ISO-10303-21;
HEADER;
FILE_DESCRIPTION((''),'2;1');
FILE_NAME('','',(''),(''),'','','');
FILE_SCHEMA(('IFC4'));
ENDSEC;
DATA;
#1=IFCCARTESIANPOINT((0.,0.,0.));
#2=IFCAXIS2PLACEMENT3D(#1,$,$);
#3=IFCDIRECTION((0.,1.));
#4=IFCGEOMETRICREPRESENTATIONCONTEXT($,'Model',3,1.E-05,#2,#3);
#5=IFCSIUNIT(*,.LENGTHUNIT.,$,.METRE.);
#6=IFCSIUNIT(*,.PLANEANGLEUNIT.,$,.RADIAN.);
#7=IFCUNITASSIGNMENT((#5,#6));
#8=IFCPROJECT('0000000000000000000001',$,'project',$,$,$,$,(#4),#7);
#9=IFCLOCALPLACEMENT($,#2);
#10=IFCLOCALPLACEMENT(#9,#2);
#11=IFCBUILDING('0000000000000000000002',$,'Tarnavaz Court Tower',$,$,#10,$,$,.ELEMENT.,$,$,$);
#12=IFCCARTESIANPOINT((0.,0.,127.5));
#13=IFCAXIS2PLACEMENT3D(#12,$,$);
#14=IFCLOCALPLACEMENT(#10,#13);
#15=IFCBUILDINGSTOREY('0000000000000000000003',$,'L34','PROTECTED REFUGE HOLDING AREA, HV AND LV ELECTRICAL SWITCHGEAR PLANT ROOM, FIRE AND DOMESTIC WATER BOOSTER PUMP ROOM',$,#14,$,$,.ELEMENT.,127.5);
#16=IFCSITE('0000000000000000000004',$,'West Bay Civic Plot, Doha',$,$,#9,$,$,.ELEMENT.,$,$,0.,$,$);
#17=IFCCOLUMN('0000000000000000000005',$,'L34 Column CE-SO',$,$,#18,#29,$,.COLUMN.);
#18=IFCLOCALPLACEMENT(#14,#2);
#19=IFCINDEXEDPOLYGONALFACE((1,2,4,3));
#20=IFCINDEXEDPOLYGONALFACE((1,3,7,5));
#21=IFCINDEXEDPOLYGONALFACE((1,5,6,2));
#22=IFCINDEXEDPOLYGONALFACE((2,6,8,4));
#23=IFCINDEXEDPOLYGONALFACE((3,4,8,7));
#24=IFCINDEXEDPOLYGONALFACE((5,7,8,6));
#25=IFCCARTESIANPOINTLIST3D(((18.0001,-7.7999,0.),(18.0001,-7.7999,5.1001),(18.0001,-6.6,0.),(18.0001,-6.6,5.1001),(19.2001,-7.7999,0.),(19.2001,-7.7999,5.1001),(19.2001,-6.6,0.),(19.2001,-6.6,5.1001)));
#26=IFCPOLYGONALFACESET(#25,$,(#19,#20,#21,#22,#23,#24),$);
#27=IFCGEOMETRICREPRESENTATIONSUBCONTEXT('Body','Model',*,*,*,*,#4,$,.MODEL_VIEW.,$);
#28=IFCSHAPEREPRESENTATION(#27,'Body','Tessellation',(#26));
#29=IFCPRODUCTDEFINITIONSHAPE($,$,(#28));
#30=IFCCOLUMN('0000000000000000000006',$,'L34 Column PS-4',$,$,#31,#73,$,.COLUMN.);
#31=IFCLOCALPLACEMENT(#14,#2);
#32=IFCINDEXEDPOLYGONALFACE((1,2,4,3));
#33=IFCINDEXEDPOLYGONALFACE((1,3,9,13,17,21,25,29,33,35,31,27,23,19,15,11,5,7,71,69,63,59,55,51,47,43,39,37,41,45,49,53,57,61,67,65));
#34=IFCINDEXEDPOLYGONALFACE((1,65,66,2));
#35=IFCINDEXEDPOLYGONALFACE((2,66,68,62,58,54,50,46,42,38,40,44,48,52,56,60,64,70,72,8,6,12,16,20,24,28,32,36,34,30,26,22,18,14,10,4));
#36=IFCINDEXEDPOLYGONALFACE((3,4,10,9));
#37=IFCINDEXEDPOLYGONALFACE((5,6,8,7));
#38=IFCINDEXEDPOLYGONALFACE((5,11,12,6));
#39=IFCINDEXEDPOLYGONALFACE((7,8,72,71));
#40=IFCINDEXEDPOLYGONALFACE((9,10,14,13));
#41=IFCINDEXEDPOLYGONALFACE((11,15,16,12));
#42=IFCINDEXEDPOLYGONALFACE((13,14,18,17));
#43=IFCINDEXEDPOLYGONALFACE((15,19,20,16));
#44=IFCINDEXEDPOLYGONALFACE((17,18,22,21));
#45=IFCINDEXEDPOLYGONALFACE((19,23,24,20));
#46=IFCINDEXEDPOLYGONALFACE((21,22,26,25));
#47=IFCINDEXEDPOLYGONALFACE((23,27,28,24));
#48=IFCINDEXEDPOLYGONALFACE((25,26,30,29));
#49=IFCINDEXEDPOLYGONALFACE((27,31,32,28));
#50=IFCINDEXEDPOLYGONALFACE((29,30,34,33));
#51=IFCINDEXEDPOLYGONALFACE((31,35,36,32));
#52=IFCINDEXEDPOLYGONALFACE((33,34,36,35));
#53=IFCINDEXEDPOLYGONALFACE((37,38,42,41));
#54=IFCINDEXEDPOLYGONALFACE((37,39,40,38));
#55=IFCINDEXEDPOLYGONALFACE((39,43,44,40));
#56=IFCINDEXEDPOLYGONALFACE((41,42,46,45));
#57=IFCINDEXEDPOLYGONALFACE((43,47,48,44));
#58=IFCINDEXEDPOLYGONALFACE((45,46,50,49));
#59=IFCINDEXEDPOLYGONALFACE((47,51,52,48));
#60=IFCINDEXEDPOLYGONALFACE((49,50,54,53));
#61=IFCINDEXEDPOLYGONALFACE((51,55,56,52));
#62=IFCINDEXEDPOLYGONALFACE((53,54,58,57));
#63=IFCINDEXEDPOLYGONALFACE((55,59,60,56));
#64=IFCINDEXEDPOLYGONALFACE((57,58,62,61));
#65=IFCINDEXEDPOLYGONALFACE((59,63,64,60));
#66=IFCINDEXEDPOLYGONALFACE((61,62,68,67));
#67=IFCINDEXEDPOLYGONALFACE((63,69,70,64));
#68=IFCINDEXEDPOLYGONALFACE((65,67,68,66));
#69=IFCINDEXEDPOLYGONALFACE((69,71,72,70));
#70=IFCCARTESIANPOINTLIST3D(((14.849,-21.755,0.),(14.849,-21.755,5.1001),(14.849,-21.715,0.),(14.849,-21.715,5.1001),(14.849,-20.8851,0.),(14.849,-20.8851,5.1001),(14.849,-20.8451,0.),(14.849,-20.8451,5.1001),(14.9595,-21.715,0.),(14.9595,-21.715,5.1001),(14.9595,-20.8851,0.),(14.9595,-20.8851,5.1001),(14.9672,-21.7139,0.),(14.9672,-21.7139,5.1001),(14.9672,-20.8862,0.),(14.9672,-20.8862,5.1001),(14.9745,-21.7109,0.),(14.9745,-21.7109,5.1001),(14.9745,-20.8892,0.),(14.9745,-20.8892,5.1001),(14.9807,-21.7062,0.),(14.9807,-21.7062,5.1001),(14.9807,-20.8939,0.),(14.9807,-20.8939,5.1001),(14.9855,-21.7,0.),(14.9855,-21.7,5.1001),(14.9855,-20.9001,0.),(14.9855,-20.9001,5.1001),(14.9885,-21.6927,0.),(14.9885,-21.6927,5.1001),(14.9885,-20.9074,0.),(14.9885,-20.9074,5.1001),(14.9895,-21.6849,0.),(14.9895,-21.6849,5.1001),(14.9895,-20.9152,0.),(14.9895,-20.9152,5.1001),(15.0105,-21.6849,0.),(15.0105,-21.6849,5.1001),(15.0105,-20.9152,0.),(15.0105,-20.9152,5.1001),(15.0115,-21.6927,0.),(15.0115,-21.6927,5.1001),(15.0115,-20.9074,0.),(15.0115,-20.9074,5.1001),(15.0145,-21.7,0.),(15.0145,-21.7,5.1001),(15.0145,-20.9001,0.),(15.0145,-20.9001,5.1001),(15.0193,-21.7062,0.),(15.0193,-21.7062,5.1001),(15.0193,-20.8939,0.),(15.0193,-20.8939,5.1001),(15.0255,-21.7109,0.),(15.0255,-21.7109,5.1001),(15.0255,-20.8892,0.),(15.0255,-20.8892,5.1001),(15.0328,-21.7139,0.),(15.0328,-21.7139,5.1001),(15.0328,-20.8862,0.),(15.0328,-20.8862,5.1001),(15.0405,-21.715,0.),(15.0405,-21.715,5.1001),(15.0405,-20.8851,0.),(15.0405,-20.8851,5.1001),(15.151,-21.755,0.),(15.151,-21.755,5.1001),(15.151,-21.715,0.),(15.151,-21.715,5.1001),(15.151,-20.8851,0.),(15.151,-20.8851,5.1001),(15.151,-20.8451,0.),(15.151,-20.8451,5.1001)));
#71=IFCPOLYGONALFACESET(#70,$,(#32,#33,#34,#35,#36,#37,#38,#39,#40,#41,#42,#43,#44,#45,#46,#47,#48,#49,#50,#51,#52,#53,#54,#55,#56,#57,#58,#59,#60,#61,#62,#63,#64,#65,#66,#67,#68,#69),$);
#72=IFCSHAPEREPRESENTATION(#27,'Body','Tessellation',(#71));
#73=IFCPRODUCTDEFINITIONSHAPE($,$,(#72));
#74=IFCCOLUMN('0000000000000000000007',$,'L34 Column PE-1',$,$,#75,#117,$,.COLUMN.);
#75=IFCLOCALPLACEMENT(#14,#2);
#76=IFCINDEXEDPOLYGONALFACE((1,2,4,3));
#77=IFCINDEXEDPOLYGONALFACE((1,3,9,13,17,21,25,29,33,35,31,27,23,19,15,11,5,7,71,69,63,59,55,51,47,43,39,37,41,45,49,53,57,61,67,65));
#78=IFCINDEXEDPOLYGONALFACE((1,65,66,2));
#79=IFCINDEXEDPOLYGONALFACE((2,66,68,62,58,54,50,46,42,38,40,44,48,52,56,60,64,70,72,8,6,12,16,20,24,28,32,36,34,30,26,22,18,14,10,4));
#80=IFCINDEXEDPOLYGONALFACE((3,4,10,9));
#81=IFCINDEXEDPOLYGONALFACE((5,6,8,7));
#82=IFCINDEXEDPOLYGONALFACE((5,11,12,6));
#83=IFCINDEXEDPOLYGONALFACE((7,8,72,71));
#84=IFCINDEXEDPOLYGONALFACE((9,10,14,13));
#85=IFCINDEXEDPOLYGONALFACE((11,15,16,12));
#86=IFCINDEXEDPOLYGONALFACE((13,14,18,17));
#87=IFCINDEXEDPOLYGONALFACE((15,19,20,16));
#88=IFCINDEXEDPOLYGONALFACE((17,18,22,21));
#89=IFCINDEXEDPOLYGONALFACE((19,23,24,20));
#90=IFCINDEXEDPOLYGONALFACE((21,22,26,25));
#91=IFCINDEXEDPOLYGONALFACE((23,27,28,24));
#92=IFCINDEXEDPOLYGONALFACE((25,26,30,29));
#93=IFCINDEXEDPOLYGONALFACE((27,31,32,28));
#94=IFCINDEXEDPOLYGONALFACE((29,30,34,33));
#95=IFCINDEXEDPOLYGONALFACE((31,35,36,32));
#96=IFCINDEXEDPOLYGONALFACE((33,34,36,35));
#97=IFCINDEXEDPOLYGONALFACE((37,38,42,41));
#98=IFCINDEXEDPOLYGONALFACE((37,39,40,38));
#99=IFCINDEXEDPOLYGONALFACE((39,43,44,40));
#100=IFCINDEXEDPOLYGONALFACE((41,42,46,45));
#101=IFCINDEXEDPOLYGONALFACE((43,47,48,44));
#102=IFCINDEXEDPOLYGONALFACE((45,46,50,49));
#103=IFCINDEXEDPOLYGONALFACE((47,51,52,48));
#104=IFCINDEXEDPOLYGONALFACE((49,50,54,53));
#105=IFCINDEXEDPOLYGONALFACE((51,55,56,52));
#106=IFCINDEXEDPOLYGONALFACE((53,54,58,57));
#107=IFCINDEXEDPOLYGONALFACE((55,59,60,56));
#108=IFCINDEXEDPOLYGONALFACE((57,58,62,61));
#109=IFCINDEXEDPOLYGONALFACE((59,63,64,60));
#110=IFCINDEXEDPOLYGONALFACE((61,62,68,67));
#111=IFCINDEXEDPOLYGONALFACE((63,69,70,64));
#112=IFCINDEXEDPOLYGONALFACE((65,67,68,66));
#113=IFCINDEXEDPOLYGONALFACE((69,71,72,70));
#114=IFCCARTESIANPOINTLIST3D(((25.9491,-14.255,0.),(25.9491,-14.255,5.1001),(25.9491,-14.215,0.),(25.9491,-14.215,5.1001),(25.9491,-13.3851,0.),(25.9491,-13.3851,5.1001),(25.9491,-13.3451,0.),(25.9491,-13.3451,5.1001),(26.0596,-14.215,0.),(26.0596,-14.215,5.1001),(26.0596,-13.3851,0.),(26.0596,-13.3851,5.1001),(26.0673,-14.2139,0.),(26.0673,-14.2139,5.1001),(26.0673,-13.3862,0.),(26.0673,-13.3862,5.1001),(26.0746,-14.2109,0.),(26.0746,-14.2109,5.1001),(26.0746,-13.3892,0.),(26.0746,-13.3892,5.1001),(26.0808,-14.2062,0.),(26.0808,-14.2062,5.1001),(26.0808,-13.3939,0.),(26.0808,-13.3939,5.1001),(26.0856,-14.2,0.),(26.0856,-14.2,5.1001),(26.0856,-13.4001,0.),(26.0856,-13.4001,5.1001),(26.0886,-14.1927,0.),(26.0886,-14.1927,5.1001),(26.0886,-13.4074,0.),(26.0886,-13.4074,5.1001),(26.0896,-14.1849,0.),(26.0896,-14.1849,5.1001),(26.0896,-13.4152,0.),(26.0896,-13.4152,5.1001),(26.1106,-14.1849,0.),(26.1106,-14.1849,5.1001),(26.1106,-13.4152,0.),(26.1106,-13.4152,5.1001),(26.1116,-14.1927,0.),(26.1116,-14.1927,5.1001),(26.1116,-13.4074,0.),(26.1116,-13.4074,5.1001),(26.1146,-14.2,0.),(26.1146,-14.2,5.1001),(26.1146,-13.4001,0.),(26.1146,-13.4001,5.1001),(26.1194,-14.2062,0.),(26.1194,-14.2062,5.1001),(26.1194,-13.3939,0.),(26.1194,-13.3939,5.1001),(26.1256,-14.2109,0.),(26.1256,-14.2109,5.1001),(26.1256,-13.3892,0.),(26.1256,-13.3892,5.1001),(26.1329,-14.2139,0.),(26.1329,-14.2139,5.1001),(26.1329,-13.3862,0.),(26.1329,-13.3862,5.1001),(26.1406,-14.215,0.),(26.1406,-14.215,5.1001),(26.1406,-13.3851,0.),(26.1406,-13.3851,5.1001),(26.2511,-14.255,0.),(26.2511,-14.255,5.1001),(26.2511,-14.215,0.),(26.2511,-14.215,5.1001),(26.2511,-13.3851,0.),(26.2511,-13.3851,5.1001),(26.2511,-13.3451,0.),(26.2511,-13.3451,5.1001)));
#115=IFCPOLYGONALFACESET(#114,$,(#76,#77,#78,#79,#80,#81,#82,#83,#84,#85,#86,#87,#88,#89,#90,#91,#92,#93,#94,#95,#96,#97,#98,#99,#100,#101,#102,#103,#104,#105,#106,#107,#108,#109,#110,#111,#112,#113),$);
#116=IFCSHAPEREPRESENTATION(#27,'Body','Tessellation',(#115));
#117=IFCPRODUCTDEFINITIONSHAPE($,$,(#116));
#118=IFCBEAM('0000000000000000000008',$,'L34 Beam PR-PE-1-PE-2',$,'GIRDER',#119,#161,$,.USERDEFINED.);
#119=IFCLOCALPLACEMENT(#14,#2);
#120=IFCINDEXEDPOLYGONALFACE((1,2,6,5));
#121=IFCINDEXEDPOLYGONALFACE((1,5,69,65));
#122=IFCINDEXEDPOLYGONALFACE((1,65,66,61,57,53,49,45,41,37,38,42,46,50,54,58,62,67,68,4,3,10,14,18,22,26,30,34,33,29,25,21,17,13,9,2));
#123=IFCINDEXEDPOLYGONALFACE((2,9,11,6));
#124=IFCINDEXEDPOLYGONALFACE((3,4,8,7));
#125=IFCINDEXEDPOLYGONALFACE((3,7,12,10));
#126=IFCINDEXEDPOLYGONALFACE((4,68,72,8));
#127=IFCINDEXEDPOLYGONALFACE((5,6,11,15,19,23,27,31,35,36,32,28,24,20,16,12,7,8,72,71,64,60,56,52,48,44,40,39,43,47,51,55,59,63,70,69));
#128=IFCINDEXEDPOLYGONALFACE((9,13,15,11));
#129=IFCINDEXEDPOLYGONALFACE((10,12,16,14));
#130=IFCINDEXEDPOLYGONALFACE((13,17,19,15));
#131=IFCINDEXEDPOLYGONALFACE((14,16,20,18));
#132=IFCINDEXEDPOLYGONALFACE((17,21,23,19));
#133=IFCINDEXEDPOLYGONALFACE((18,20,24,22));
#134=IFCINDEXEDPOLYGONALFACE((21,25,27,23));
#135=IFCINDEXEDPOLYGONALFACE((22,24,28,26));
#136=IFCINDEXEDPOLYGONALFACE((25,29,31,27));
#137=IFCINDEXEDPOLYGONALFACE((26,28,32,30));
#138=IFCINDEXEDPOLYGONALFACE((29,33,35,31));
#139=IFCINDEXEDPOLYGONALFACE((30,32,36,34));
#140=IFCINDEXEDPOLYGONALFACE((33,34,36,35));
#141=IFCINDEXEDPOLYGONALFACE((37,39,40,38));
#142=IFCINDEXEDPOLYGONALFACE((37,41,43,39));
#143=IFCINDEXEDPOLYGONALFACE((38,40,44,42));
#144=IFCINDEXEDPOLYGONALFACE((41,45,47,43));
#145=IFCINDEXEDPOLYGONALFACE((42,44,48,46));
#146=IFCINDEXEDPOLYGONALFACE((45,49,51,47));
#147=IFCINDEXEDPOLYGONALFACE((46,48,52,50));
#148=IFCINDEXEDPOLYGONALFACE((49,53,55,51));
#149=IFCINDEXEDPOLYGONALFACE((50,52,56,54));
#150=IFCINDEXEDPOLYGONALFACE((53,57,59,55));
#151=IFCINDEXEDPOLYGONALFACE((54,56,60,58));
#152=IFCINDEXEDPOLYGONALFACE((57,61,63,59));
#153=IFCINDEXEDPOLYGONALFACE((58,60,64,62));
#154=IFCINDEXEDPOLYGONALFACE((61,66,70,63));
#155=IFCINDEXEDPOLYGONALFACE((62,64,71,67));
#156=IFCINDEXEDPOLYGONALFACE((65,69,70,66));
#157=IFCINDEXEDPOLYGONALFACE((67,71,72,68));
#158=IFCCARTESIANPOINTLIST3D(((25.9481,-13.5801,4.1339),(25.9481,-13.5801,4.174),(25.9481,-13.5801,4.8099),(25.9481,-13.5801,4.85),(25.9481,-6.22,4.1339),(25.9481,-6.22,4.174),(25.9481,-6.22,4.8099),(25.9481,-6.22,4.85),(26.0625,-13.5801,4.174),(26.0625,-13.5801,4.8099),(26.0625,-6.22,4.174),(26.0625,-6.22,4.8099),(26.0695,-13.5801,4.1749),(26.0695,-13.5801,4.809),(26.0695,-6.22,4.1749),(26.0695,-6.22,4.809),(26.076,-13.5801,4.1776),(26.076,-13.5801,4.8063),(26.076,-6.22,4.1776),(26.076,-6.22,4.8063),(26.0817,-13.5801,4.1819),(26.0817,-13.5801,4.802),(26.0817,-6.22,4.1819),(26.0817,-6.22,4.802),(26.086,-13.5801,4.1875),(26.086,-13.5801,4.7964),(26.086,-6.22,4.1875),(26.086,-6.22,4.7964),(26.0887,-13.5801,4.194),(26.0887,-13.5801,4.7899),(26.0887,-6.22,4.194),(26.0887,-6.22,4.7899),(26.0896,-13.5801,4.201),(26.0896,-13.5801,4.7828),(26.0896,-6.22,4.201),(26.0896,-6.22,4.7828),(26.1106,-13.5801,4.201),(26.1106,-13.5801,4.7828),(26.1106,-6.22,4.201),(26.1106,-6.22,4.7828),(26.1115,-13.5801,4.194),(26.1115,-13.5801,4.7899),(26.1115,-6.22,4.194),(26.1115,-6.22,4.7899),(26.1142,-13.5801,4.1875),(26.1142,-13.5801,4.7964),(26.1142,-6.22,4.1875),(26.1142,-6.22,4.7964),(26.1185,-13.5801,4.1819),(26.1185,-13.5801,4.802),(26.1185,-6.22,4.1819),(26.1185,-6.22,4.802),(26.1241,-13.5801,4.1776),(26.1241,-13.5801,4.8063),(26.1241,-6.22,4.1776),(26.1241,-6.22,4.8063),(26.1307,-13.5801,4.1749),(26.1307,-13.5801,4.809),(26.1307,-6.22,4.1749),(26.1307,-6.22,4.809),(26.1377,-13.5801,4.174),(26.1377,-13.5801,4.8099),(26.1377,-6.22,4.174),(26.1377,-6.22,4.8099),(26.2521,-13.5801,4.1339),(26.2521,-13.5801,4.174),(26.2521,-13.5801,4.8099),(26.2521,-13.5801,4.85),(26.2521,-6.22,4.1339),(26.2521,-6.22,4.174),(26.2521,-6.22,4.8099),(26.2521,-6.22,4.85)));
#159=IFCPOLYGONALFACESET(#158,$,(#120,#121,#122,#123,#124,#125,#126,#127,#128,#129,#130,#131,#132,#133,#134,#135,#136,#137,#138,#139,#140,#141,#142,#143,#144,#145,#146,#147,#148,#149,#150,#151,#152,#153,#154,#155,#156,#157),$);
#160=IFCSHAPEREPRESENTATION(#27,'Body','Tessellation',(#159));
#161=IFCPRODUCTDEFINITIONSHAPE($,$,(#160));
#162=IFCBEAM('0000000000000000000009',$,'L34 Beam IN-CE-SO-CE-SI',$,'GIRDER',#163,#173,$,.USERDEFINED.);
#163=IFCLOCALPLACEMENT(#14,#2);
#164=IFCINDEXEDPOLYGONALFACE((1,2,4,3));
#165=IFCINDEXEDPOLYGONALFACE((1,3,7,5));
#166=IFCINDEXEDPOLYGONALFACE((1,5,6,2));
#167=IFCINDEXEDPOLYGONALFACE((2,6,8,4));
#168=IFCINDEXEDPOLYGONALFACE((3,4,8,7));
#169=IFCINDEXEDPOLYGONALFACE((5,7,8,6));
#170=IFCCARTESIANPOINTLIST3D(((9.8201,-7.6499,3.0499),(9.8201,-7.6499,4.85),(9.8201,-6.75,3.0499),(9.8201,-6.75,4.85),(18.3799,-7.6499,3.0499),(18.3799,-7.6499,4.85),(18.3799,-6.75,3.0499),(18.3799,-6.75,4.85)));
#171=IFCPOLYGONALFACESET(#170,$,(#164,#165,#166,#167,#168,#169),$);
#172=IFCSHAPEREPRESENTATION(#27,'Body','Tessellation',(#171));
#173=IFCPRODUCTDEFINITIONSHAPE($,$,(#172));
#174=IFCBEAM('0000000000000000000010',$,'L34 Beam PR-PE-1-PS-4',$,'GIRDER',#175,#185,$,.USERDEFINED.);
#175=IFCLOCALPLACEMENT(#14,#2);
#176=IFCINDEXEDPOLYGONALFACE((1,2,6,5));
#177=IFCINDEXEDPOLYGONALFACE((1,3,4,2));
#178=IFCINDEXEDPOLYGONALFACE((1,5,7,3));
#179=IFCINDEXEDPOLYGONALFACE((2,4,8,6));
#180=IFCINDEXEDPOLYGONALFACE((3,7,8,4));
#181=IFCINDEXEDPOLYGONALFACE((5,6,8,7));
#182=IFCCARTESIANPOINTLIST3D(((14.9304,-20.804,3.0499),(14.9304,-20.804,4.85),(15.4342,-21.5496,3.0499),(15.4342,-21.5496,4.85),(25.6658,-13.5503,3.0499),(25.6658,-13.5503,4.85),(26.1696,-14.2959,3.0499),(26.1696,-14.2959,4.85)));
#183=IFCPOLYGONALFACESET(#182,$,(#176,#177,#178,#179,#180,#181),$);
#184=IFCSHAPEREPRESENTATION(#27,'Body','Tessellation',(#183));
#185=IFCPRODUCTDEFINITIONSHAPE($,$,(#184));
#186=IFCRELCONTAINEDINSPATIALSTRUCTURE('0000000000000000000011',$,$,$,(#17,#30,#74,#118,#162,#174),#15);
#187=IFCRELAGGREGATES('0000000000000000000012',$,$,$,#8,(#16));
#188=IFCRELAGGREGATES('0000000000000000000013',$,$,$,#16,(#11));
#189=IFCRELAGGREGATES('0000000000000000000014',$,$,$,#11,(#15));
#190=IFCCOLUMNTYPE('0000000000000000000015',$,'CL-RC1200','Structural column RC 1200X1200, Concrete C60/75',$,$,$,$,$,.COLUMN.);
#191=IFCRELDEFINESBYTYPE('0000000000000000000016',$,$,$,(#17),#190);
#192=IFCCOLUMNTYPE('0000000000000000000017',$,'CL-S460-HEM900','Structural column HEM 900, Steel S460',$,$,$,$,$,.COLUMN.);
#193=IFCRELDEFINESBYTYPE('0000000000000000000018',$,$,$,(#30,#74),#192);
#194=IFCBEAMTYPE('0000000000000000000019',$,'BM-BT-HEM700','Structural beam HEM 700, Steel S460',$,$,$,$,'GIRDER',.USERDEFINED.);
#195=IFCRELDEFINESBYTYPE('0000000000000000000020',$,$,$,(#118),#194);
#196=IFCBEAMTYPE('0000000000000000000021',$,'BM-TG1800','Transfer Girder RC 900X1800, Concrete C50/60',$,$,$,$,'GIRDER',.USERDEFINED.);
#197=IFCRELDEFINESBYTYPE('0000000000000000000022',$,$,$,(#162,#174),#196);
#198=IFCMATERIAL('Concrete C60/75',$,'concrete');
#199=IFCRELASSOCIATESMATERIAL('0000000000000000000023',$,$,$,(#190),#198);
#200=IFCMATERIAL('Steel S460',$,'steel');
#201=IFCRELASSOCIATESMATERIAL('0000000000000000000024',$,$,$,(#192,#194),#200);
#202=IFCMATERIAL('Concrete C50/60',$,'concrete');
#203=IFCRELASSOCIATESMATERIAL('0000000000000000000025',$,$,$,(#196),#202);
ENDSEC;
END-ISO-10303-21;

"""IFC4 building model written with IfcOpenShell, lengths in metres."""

from ifc_helpers import new_model, si_unit, direction, frame, origin, origin_2d, place, context, subcontext, project, spatial, rectangle, i_section, extrude, material, material_profile, profile_set, type_object, element, save


model = new_model("IFC4")

# Units and contexts
model_context = context("Model", 3, precision=1e-05, world=origin(), true_north=direction((0.0, 1.0)))
body_context = subcontext(model_context, "Body", "Model", "MODEL_VIEW")
ifc_project = project(units=[si_unit("LENGTHUNIT", "METRE"), si_unit("PLANEANGLEUNIT", "RADIAN")], contexts=[model_context])

# Site, building, storey
site_placement = place(None, origin())
site = spatial("IfcSite", under=ifc_project, at=site_placement, Name="West Bay Civic Plot, Doha", CompositionType="ELEMENT", RefElevation=0.0)
building_placement = place(site_placement, origin())
building = spatial("IfcBuilding", under=site, at=building_placement, Name="Tarnavaz Court Tower", CompositionType="ELEMENT")
storey_placement = place(building_placement, frame((0.0, 0.0, 127.5)))
storey = spatial("IfcBuildingStorey", under=building, at=storey_placement, Name="L34", Description="PROTECTED REFUGE HOLDING AREA, HV AND LV ELECTRICAL SWITCHGEAR PLANT ROOM, FIRE AND DOMESTIC WATER BOOSTER PUMP ROOM", CompositionType="ELEMENT", Elevation=127.5)

# Columns
ifc_material_1 = material(Name="Concrete C60/75", Category="concrete")
ifc_material_profile_1 = material_profile(ifc_material_1, rectangle(XDim=1.2, YDim=1.2, at=origin_2d()), Name="RC 1200X1200")
ifc_profile_set_1 = profile_set([ifc_material_profile_1], Name="Concrete C60/75")
column_type_1 = type_object("IfcColumnType", Name="CL-RC1200", Description="Structural column RC 1200X1200, Concrete C60/75", PredefinedType="COLUMN", material=ifc_profile_set_1)
column_placement = place(storey_placement, frame((18.6001, -7.2, 0.0), z_axis=(0.0, 0.0, 1.0), x_axis=(1.0, 0.0, 0.0)))
element("IfcColumn", 1, at=column_placement, inside=storey, type_object=column_type_1, Name="L34 Column CE-SO", PredefinedType="COLUMN", context=body_context, shape_type="SweptSolid", body=[
    extrude(rectangle(XDim=1.2, YDim=1.2, at=origin_2d()), origin(), (0.0, 0.0, 1.0), 5.1001),
])
ifc_material_2 = material(Name="Steel S460", Category="steel")
ifc_material_profile_2 = material_profile(ifc_material_2, i_section(OverallWidth=0.302, OverallDepth=0.9099, WebThickness=0.021, FlangeThickness=0.04, FilletRadius=0.03, at=origin_2d()), Name="HEM 900")
ifc_profile_set_2 = profile_set([ifc_material_profile_2], Name="Steel S460")
column_type_2 = type_object("IfcColumnType", Name="CL-S460-HEM900", Description="Structural column HEM 900, Steel S460", PredefinedType="COLUMN", material=ifc_profile_set_2)
for number, where, z_axis, x_axis, name in (
    (2, (15.0, -21.3, 0.0), (0.0, 0.0, 1.0), (1.0, 0.0, 0.0), "L34 Column PS-4"),
    (3, (26.1001, -13.8, 0.0), (0.0, 0.0, 1.0), (1.0, 0.0, 0.0), "L34 Column PE-1"),
):
    element("IfcColumn", number, at=place(storey_placement, frame(where, z_axis=z_axis, x_axis=x_axis)), inside=storey, type_object=column_type_2, Name=name, PredefinedType="COLUMN", context=body_context, shape_type="SweptSolid", body=[
        extrude(i_section(OverallWidth=0.302, OverallDepth=0.9099, WebThickness=0.021, FlangeThickness=0.04, FilletRadius=0.03, at=origin_2d()), origin(), (0.0, 0.0, 1.0), 5.1001),
    ])

# Beams
ifc_material_profile_3 = material_profile(ifc_material_2, i_section(OverallWidth=0.304, OverallDepth=0.7161, WebThickness=0.021, FlangeThickness=0.04, FilletRadius=0.0271, at=origin_2d()), Name="HEM 700")
ifc_profile_set_3 = profile_set([ifc_material_profile_3], Name="Steel S460")
beam_type_1 = type_object("IfcBeamType", Name="BM-BT-HEM700", Description="Structural beam HEM 700, Steel S460", ElementType="GIRDER", PredefinedType="USERDEFINED", material=ifc_profile_set_3)
beam_1_placement = place(storey_placement, frame((26.1001, -13.5801, 4.4919), z_axis=(0.0, 1.0, 0.0), x_axis=(-1.0, 0.0, 0.0)))
element("IfcBeam", 4, at=beam_1_placement, inside=storey, type_object=beam_type_1, Name="L34 Beam PR-PE-1-PE-2", ObjectType="GIRDER", PredefinedType="USERDEFINED", context=body_context, shape_type="SweptSolid", body=[
    extrude(i_section(OverallWidth=0.304, OverallDepth=0.7161, WebThickness=0.021, FlangeThickness=0.04, FilletRadius=0.0271, at=origin_2d()), origin(), (0.0, 0.0, 1.0), 7.3601),
])
ifc_material_3 = material(Name="Concrete C50/60", Category="concrete")
ifc_material_profile_4 = material_profile(ifc_material_3, rectangle(XDim=0.8999, YDim=1.8, at=origin_2d()), Name="RC 900X1800")
ifc_profile_set_4 = profile_set([ifc_material_profile_4], Name="Concrete C50/60")
beam_type_2 = type_object("IfcBeamType", Name="BM-TG1800", Description="Transfer Girder RC 900X1800, Concrete C50/60", ElementType="GIRDER", PredefinedType="USERDEFINED", material=ifc_profile_set_4)
beam_2_placement = place(storey_placement, frame((18.3799, -7.2, 3.95), z_axis=(-1.0, 0.0, 0.0), x_axis=(0.0, -1.0, 0.0)))
element("IfcBeam", 5, at=beam_2_placement, inside=storey, type_object=beam_type_2, Name="L34 Beam IN-CE-SO-CE-SI", ObjectType="GIRDER", PredefinedType="USERDEFINED", context=body_context, shape_type="SweptSolid", body=[
    extrude(rectangle(XDim=0.8999, YDim=1.8, at=origin_2d()), origin(), (0.0, 0.0, 1.0), 8.5598),
])
beam_3_placement = place(storey_placement, frame((25.9177, -13.9231, 3.95), z_axis=(-0.828587, -0.55986, 0.0), x_axis=(0.55986, -0.828587, 0.0)))
element("IfcBeam", 6, at=beam_3_placement, inside=storey, type_object=beam_type_2, Name="L34 Beam PR-PE-1-PS-4", ObjectType="GIRDER", PredefinedType="USERDEFINED", context=body_context, shape_type="SweptSolid", body=[
    extrude(rectangle(XDim=0.8999, YDim=1.8, at=origin_2d()), origin(), (0.0, 0.0, 1.0), 12.9563),
])

save(model, "model.ifc")
